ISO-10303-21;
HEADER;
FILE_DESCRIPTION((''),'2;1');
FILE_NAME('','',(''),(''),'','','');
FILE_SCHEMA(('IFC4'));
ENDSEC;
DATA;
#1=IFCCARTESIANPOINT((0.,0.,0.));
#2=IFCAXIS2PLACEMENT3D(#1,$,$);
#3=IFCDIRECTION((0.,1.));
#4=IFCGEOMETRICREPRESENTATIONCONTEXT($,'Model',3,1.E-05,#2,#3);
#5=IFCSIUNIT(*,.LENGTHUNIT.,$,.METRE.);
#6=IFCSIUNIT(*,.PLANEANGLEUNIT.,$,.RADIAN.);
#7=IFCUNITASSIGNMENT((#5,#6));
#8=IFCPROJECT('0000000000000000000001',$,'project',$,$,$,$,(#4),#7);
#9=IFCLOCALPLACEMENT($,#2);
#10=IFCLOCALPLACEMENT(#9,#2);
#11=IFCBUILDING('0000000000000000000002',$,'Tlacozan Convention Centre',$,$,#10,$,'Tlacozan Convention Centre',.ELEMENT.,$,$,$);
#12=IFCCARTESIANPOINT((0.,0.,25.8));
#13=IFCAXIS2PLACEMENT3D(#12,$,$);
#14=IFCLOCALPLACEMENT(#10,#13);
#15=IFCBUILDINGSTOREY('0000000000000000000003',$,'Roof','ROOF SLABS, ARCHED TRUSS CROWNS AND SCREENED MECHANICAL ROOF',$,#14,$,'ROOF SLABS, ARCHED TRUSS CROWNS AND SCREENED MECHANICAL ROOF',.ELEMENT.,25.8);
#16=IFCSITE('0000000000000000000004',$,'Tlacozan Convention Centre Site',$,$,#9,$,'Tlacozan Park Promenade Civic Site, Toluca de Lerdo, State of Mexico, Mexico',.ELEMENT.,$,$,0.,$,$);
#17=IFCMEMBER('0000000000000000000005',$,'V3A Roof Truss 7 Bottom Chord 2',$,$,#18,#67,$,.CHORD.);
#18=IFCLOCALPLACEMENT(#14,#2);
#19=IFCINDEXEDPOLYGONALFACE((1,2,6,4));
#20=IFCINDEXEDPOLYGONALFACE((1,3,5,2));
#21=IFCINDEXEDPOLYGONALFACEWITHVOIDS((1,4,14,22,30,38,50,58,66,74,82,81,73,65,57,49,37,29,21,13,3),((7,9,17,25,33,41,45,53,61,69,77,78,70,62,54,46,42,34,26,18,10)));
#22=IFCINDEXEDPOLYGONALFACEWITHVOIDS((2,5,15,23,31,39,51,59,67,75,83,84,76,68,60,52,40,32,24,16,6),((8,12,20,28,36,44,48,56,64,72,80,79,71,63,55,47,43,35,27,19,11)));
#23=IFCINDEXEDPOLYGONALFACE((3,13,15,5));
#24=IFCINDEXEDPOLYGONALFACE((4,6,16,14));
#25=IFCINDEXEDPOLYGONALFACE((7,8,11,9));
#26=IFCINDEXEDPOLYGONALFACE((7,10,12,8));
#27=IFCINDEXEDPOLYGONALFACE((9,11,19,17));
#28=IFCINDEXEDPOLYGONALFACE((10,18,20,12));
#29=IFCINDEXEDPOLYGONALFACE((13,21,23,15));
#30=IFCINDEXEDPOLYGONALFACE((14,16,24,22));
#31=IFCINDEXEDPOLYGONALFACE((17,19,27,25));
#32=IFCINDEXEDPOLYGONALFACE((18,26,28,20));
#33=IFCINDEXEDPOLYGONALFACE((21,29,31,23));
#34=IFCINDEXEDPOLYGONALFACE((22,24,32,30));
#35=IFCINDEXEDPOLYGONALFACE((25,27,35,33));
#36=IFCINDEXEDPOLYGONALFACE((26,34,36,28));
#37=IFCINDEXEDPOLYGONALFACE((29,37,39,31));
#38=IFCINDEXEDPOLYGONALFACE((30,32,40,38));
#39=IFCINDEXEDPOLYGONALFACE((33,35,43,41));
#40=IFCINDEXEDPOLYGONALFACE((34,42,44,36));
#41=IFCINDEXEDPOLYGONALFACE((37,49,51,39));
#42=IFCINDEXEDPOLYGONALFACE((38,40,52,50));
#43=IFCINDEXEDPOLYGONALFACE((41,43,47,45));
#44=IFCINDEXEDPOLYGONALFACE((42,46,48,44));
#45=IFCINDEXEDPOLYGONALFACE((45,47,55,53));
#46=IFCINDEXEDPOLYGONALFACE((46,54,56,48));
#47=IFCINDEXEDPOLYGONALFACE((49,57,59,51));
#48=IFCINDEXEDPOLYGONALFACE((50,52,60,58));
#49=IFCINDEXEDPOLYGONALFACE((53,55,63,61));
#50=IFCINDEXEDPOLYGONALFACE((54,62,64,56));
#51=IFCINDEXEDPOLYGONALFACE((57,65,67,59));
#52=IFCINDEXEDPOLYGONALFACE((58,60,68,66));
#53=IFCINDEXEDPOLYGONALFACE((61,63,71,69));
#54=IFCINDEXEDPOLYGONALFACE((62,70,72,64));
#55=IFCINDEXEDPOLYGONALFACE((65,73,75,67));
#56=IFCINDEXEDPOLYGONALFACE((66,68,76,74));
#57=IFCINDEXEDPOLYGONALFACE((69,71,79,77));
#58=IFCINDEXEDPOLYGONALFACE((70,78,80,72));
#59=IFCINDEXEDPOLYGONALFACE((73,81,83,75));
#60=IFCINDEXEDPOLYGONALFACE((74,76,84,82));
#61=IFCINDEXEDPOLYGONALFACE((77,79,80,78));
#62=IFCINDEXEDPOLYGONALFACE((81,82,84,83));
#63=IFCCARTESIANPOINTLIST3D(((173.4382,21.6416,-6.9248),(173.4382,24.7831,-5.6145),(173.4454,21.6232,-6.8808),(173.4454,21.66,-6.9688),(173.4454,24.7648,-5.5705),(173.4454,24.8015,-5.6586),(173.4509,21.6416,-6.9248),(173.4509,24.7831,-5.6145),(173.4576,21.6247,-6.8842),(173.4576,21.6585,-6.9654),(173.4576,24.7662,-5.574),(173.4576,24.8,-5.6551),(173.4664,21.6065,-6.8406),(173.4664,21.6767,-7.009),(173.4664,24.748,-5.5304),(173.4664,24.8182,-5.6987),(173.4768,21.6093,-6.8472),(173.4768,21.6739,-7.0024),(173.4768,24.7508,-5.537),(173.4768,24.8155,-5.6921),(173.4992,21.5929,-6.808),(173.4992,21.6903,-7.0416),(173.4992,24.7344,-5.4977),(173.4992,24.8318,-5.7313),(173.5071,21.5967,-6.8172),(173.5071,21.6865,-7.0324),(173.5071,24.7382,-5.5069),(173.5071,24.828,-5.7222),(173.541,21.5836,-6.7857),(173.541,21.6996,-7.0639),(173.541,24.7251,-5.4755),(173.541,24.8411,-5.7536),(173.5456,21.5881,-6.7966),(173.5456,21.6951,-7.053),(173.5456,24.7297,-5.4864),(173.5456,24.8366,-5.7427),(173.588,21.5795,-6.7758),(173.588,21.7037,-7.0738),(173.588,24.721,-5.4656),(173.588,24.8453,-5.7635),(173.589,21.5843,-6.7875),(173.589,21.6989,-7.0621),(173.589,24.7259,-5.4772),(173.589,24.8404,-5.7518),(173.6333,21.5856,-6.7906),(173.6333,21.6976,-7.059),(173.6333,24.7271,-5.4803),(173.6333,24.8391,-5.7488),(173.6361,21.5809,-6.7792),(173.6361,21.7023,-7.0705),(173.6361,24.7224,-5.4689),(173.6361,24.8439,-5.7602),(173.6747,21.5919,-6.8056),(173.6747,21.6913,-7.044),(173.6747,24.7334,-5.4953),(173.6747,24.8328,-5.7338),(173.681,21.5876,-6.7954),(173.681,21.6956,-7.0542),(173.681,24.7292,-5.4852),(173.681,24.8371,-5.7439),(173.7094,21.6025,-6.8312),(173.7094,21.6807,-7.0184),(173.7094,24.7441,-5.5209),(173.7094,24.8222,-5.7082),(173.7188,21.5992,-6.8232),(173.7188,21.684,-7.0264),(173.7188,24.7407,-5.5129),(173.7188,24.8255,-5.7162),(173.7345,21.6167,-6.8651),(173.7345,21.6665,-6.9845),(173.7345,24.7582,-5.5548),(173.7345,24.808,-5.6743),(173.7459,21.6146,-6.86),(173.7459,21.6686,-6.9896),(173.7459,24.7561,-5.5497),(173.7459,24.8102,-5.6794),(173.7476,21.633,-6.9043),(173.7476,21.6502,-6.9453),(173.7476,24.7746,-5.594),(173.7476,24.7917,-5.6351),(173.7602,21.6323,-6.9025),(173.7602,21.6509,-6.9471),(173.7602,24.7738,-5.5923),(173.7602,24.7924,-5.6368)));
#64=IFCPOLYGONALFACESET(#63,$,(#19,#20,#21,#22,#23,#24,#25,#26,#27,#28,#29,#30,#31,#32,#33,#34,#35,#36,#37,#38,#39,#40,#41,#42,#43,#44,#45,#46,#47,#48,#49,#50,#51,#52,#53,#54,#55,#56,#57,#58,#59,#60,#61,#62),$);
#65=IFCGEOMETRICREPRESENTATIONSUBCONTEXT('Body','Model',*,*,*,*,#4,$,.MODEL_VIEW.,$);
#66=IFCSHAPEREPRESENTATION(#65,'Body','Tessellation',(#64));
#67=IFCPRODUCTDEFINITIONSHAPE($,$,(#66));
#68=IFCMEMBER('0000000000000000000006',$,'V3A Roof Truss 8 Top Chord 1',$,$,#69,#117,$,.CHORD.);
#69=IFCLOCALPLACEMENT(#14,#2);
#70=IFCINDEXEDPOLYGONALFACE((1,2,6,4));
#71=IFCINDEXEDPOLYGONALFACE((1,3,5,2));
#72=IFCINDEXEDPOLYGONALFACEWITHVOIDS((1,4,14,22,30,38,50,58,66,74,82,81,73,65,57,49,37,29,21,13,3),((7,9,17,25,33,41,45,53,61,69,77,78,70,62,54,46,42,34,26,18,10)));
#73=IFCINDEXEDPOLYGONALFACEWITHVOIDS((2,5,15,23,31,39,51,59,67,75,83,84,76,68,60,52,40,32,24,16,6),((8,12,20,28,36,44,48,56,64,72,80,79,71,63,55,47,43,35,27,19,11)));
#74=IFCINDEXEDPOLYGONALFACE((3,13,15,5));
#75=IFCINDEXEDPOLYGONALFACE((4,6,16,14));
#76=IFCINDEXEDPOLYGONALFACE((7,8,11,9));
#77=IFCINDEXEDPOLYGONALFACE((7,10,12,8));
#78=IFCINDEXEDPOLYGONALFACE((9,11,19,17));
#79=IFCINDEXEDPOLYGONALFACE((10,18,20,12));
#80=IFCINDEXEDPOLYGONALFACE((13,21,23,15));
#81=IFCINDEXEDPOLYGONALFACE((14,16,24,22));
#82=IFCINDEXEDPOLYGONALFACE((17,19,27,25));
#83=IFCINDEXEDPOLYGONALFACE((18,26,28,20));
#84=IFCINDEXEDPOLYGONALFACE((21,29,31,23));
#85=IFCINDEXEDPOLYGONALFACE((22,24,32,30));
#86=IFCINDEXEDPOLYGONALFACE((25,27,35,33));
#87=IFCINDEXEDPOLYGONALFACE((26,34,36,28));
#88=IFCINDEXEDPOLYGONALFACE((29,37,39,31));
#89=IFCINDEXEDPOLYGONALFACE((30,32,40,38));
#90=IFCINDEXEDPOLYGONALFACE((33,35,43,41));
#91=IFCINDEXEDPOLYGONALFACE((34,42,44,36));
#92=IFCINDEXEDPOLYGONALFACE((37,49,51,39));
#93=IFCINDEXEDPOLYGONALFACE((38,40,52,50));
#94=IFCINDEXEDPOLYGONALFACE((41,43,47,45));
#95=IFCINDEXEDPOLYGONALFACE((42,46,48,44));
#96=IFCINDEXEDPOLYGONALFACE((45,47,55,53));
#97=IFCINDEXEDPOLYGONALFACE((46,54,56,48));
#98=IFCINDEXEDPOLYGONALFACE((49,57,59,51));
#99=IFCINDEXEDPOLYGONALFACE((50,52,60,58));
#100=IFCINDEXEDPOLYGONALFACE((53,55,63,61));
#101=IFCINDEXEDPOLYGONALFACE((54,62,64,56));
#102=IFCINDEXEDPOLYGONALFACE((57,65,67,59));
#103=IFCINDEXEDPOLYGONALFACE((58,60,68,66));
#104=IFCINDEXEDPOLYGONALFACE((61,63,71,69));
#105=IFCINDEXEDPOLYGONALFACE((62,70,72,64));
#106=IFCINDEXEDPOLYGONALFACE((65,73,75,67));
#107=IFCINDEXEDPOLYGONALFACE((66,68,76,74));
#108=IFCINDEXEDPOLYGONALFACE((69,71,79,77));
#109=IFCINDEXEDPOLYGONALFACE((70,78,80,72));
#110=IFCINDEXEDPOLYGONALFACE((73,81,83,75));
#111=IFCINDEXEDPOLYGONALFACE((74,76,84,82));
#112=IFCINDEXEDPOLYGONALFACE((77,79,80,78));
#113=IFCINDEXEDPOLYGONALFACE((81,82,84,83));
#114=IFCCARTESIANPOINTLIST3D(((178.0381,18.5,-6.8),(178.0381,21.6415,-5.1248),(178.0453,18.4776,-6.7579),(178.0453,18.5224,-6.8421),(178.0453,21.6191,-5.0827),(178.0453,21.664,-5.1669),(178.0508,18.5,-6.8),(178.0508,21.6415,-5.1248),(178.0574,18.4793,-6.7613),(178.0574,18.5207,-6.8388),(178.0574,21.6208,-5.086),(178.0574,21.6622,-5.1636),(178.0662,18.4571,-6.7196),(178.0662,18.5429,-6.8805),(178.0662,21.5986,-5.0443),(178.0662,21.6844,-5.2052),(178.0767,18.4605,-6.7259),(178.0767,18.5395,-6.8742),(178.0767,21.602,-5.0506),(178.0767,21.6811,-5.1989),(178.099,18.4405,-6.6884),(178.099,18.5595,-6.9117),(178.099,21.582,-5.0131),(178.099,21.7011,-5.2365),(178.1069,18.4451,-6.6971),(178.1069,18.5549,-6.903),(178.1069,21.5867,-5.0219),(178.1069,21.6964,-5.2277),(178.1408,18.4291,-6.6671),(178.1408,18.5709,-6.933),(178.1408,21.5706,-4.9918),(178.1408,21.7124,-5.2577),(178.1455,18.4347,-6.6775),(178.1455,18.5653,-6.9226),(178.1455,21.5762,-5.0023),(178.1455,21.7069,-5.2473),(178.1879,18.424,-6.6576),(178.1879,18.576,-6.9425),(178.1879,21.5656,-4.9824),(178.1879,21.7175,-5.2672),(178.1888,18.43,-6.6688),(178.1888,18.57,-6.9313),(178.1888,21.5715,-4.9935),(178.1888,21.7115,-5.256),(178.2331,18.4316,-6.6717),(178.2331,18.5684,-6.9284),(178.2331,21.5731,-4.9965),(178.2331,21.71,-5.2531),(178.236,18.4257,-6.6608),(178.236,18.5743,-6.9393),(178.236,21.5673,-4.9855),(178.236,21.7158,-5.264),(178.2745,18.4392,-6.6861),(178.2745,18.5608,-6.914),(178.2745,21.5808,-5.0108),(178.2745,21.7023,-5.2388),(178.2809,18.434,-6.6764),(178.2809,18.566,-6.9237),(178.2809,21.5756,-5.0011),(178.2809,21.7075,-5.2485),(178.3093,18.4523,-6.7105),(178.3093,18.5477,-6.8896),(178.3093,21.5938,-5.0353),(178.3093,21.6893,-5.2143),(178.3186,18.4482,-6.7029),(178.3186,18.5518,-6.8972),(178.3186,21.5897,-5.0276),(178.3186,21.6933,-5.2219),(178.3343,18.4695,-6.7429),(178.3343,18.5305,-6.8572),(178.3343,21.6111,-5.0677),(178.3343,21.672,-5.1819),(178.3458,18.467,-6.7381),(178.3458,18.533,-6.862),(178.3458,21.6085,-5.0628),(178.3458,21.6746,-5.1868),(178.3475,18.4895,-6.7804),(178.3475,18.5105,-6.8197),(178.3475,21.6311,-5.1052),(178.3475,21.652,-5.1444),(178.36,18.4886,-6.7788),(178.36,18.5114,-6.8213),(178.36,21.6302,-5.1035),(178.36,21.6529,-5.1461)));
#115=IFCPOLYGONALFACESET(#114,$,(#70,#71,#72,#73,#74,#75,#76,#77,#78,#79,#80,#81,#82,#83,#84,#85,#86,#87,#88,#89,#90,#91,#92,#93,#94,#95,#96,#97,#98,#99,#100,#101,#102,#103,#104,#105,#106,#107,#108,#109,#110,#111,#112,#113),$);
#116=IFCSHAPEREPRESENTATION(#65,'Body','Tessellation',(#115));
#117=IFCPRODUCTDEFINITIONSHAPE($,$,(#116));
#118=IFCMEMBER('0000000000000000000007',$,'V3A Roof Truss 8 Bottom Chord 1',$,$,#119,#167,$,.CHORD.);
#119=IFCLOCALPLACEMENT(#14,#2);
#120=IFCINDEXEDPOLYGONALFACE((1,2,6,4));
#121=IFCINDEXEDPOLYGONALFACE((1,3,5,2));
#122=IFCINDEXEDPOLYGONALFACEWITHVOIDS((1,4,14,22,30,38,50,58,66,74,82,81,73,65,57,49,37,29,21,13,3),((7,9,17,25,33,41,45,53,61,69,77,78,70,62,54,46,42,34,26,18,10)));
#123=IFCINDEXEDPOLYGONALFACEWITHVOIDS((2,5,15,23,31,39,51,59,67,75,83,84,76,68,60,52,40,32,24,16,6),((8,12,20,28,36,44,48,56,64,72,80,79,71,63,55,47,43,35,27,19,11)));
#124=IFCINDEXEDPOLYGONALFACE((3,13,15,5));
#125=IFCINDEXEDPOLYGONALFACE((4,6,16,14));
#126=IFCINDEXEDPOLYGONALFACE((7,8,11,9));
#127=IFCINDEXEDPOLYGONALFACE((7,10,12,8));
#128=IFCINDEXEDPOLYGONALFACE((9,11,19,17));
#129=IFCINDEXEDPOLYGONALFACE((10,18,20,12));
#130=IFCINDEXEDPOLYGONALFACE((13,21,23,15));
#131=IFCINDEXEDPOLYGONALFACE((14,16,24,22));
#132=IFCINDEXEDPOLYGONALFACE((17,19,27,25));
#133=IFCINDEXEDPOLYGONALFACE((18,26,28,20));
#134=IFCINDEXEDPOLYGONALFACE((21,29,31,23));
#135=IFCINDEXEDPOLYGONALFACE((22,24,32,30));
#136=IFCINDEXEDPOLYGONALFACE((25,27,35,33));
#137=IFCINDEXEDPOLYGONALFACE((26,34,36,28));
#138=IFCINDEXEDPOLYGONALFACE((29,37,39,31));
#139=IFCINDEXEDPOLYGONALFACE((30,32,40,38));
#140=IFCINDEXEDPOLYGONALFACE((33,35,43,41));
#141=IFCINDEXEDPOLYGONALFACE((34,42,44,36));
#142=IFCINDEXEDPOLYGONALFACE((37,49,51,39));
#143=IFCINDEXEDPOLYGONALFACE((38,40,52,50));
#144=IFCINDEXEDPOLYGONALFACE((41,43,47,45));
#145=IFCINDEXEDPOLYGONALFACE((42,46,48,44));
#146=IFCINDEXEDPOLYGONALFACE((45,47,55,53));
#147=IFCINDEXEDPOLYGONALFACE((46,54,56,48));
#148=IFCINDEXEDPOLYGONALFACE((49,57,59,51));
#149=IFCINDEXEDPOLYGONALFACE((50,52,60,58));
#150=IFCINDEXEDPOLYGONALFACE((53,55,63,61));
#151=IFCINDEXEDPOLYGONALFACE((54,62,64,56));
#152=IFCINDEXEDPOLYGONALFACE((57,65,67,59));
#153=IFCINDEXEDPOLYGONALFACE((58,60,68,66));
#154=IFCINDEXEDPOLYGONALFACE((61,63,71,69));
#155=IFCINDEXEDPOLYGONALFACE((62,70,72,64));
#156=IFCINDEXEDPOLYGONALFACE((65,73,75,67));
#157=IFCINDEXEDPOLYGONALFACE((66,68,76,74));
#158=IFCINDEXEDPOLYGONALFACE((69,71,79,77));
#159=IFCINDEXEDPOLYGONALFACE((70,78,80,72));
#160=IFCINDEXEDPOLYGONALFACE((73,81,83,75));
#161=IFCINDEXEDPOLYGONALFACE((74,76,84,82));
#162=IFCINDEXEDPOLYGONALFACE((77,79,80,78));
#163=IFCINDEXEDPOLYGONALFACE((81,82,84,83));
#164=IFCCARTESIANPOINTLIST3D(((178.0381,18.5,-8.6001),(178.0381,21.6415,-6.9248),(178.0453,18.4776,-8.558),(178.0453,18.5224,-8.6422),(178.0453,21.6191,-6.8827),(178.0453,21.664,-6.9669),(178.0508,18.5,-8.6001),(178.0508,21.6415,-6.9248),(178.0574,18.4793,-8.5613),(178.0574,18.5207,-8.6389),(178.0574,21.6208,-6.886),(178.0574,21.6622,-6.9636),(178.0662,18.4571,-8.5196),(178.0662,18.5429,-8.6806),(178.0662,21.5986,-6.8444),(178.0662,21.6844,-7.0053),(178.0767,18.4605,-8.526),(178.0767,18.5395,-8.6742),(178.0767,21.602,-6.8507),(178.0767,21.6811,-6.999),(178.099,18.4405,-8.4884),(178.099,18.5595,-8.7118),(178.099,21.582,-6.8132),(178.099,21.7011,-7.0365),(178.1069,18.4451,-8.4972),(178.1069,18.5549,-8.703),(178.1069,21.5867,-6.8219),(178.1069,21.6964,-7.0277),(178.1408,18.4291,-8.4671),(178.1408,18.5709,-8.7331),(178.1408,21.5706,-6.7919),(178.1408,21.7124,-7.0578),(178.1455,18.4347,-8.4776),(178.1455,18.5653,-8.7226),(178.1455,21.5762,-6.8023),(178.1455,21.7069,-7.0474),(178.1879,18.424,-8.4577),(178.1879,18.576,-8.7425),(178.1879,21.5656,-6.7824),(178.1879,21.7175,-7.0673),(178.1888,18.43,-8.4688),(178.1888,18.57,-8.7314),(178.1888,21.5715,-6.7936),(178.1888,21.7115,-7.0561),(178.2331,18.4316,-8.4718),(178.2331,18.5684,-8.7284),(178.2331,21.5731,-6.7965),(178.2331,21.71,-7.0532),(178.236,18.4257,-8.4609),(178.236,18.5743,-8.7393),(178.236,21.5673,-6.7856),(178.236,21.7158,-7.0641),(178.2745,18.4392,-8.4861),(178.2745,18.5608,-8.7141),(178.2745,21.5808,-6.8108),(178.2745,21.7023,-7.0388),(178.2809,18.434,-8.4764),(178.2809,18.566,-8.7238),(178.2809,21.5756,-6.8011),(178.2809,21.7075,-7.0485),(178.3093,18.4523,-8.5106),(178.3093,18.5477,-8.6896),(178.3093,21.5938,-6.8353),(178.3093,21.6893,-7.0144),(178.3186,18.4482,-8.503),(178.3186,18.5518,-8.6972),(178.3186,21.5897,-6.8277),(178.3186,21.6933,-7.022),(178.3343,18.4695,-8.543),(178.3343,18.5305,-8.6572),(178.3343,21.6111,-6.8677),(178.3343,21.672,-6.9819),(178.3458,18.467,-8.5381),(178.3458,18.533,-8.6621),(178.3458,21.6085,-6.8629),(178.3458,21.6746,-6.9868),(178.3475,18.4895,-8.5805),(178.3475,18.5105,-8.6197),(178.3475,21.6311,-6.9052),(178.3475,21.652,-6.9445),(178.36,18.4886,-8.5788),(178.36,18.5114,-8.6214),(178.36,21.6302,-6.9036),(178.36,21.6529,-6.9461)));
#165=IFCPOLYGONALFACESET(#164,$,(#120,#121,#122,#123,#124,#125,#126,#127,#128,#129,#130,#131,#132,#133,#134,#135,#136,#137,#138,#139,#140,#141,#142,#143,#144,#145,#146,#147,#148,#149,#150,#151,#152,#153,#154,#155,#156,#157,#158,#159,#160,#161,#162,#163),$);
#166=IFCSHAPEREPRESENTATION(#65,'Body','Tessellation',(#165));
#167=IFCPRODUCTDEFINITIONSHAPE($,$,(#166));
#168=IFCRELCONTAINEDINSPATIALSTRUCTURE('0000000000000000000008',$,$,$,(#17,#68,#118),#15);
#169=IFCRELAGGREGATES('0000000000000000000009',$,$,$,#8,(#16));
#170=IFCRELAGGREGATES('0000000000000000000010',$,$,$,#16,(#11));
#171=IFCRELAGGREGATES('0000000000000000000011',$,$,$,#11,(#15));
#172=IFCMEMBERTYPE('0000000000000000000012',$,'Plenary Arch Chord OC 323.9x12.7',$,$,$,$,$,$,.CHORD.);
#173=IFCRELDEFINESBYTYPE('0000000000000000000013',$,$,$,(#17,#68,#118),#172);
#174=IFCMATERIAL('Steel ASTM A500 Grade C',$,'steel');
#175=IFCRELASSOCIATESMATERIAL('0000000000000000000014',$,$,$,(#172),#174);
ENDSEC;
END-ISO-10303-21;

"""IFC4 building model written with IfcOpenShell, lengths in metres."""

from ifc_helpers import new_model, si_unit, direction, frame, origin, origin_2d, place, context, subcontext, project, spatial, hollow_circle, extrude, material, material_profile, profile_set, type_object, element, save


model = new_model("IFC4")

# Units and contexts
model_context = context("Model", 3, precision=1e-05, world=origin(), true_north=direction((0.0, 1.0)))
body_context = subcontext(model_context, "Body", "Model", "MODEL_VIEW")
ifc_project = project(units=[si_unit("LENGTHUNIT", "METRE"), si_unit("PLANEANGLEUNIT", "RADIAN")], contexts=[model_context])

# Site, building, storey
site_placement = place(None, origin())
site = spatial("IfcSite", under=ifc_project, at=site_placement, Name="Tlacozan Convention Centre Site", LongName="Tlacozan Park Promenade Civic Site, Toluca de Lerdo, State of Mexico, Mexico", CompositionType="ELEMENT", RefElevation=0.0)
building_placement = place(site_placement, origin())
building = spatial("IfcBuilding", under=site, at=building_placement, Name="Tlacozan Convention Centre", LongName="Tlacozan Convention Centre", CompositionType="ELEMENT")
storey_placement = place(building_placement, frame((0.0, 0.0, 25.8)))
storey = spatial("IfcBuildingStorey", under=building, at=storey_placement, Name="Roof", Description="ROOF SLABS, ARCHED TRUSS CROWNS AND SCREENED MECHANICAL ROOF", LongName="ROOF SLABS, ARCHED TRUSS CROWNS AND SCREENED MECHANICAL ROOF", CompositionType="ELEMENT", Elevation=25.8)

# Members
ifc_material_1 = material(Name="Steel ASTM A500 Grade C", Category="steel")
ifc_material_profile_1 = material_profile(ifc_material_1, hollow_circle(Radius=0.1619, WallThickness=0.0127, at=origin_2d()), Name="OC 323.9x12.7")
ifc_profile_set_1 = profile_set([ifc_material_profile_1], Name="Steel ASTM A500 Grade C")
member_type_1 = type_object("IfcMemberType", Name="Plenary Arch Chord OC 323.9x12.7", PredefinedType="CHORD", material=ifc_profile_set_1)
for number, where, z_axis, x_axis, name in (
    (1, (173.6001, 21.6416, -6.9248), (0.0, 0.922941, 0.384941), (-1.0, 0.0, 0.0), "V3A Roof Truss 7 Bottom Chord 2"),
):
    element("IfcMember", number, at=place(storey_placement, frame(where, z_axis=z_axis, x_axis=x_axis)), inside=storey, type_object=member_type_1, Name=name, PredefinedType="CHORD", context=body_context, shape_type="SweptSolid", body=[
        extrude(hollow_circle(Radius=0.1619, WallThickness=0.0127, at=origin_2d()), origin(), (0.0, 0.0, 1.0), 3.4038),
    ])
for number, where, z_axis, x_axis, name in (
    (2, (178.2, 18.5, -6.8), (0.0, 0.88238, 0.470538), (-1.0, 0.0, 0.0), "V3A Roof Truss 8 Top Chord 1"),
    (3, (178.2, 18.5, -8.6001), (0.0, 0.88238, 0.470538), (-1.0, 0.0, 0.0), "V3A Roof Truss 8 Bottom Chord 1"),
):
    element("IfcMember", number, at=place(storey_placement, frame(where, z_axis=z_axis, x_axis=x_axis)), inside=storey, type_object=member_type_1, Name=name, PredefinedType="CHORD", context=body_context, shape_type="SweptSolid", body=[
        extrude(hollow_circle(Radius=0.1619, WallThickness=0.0127, at=origin_2d()), origin(), (0.0, 0.0, 1.0), 3.5603),
    ])

save(model, "model.ifc")
